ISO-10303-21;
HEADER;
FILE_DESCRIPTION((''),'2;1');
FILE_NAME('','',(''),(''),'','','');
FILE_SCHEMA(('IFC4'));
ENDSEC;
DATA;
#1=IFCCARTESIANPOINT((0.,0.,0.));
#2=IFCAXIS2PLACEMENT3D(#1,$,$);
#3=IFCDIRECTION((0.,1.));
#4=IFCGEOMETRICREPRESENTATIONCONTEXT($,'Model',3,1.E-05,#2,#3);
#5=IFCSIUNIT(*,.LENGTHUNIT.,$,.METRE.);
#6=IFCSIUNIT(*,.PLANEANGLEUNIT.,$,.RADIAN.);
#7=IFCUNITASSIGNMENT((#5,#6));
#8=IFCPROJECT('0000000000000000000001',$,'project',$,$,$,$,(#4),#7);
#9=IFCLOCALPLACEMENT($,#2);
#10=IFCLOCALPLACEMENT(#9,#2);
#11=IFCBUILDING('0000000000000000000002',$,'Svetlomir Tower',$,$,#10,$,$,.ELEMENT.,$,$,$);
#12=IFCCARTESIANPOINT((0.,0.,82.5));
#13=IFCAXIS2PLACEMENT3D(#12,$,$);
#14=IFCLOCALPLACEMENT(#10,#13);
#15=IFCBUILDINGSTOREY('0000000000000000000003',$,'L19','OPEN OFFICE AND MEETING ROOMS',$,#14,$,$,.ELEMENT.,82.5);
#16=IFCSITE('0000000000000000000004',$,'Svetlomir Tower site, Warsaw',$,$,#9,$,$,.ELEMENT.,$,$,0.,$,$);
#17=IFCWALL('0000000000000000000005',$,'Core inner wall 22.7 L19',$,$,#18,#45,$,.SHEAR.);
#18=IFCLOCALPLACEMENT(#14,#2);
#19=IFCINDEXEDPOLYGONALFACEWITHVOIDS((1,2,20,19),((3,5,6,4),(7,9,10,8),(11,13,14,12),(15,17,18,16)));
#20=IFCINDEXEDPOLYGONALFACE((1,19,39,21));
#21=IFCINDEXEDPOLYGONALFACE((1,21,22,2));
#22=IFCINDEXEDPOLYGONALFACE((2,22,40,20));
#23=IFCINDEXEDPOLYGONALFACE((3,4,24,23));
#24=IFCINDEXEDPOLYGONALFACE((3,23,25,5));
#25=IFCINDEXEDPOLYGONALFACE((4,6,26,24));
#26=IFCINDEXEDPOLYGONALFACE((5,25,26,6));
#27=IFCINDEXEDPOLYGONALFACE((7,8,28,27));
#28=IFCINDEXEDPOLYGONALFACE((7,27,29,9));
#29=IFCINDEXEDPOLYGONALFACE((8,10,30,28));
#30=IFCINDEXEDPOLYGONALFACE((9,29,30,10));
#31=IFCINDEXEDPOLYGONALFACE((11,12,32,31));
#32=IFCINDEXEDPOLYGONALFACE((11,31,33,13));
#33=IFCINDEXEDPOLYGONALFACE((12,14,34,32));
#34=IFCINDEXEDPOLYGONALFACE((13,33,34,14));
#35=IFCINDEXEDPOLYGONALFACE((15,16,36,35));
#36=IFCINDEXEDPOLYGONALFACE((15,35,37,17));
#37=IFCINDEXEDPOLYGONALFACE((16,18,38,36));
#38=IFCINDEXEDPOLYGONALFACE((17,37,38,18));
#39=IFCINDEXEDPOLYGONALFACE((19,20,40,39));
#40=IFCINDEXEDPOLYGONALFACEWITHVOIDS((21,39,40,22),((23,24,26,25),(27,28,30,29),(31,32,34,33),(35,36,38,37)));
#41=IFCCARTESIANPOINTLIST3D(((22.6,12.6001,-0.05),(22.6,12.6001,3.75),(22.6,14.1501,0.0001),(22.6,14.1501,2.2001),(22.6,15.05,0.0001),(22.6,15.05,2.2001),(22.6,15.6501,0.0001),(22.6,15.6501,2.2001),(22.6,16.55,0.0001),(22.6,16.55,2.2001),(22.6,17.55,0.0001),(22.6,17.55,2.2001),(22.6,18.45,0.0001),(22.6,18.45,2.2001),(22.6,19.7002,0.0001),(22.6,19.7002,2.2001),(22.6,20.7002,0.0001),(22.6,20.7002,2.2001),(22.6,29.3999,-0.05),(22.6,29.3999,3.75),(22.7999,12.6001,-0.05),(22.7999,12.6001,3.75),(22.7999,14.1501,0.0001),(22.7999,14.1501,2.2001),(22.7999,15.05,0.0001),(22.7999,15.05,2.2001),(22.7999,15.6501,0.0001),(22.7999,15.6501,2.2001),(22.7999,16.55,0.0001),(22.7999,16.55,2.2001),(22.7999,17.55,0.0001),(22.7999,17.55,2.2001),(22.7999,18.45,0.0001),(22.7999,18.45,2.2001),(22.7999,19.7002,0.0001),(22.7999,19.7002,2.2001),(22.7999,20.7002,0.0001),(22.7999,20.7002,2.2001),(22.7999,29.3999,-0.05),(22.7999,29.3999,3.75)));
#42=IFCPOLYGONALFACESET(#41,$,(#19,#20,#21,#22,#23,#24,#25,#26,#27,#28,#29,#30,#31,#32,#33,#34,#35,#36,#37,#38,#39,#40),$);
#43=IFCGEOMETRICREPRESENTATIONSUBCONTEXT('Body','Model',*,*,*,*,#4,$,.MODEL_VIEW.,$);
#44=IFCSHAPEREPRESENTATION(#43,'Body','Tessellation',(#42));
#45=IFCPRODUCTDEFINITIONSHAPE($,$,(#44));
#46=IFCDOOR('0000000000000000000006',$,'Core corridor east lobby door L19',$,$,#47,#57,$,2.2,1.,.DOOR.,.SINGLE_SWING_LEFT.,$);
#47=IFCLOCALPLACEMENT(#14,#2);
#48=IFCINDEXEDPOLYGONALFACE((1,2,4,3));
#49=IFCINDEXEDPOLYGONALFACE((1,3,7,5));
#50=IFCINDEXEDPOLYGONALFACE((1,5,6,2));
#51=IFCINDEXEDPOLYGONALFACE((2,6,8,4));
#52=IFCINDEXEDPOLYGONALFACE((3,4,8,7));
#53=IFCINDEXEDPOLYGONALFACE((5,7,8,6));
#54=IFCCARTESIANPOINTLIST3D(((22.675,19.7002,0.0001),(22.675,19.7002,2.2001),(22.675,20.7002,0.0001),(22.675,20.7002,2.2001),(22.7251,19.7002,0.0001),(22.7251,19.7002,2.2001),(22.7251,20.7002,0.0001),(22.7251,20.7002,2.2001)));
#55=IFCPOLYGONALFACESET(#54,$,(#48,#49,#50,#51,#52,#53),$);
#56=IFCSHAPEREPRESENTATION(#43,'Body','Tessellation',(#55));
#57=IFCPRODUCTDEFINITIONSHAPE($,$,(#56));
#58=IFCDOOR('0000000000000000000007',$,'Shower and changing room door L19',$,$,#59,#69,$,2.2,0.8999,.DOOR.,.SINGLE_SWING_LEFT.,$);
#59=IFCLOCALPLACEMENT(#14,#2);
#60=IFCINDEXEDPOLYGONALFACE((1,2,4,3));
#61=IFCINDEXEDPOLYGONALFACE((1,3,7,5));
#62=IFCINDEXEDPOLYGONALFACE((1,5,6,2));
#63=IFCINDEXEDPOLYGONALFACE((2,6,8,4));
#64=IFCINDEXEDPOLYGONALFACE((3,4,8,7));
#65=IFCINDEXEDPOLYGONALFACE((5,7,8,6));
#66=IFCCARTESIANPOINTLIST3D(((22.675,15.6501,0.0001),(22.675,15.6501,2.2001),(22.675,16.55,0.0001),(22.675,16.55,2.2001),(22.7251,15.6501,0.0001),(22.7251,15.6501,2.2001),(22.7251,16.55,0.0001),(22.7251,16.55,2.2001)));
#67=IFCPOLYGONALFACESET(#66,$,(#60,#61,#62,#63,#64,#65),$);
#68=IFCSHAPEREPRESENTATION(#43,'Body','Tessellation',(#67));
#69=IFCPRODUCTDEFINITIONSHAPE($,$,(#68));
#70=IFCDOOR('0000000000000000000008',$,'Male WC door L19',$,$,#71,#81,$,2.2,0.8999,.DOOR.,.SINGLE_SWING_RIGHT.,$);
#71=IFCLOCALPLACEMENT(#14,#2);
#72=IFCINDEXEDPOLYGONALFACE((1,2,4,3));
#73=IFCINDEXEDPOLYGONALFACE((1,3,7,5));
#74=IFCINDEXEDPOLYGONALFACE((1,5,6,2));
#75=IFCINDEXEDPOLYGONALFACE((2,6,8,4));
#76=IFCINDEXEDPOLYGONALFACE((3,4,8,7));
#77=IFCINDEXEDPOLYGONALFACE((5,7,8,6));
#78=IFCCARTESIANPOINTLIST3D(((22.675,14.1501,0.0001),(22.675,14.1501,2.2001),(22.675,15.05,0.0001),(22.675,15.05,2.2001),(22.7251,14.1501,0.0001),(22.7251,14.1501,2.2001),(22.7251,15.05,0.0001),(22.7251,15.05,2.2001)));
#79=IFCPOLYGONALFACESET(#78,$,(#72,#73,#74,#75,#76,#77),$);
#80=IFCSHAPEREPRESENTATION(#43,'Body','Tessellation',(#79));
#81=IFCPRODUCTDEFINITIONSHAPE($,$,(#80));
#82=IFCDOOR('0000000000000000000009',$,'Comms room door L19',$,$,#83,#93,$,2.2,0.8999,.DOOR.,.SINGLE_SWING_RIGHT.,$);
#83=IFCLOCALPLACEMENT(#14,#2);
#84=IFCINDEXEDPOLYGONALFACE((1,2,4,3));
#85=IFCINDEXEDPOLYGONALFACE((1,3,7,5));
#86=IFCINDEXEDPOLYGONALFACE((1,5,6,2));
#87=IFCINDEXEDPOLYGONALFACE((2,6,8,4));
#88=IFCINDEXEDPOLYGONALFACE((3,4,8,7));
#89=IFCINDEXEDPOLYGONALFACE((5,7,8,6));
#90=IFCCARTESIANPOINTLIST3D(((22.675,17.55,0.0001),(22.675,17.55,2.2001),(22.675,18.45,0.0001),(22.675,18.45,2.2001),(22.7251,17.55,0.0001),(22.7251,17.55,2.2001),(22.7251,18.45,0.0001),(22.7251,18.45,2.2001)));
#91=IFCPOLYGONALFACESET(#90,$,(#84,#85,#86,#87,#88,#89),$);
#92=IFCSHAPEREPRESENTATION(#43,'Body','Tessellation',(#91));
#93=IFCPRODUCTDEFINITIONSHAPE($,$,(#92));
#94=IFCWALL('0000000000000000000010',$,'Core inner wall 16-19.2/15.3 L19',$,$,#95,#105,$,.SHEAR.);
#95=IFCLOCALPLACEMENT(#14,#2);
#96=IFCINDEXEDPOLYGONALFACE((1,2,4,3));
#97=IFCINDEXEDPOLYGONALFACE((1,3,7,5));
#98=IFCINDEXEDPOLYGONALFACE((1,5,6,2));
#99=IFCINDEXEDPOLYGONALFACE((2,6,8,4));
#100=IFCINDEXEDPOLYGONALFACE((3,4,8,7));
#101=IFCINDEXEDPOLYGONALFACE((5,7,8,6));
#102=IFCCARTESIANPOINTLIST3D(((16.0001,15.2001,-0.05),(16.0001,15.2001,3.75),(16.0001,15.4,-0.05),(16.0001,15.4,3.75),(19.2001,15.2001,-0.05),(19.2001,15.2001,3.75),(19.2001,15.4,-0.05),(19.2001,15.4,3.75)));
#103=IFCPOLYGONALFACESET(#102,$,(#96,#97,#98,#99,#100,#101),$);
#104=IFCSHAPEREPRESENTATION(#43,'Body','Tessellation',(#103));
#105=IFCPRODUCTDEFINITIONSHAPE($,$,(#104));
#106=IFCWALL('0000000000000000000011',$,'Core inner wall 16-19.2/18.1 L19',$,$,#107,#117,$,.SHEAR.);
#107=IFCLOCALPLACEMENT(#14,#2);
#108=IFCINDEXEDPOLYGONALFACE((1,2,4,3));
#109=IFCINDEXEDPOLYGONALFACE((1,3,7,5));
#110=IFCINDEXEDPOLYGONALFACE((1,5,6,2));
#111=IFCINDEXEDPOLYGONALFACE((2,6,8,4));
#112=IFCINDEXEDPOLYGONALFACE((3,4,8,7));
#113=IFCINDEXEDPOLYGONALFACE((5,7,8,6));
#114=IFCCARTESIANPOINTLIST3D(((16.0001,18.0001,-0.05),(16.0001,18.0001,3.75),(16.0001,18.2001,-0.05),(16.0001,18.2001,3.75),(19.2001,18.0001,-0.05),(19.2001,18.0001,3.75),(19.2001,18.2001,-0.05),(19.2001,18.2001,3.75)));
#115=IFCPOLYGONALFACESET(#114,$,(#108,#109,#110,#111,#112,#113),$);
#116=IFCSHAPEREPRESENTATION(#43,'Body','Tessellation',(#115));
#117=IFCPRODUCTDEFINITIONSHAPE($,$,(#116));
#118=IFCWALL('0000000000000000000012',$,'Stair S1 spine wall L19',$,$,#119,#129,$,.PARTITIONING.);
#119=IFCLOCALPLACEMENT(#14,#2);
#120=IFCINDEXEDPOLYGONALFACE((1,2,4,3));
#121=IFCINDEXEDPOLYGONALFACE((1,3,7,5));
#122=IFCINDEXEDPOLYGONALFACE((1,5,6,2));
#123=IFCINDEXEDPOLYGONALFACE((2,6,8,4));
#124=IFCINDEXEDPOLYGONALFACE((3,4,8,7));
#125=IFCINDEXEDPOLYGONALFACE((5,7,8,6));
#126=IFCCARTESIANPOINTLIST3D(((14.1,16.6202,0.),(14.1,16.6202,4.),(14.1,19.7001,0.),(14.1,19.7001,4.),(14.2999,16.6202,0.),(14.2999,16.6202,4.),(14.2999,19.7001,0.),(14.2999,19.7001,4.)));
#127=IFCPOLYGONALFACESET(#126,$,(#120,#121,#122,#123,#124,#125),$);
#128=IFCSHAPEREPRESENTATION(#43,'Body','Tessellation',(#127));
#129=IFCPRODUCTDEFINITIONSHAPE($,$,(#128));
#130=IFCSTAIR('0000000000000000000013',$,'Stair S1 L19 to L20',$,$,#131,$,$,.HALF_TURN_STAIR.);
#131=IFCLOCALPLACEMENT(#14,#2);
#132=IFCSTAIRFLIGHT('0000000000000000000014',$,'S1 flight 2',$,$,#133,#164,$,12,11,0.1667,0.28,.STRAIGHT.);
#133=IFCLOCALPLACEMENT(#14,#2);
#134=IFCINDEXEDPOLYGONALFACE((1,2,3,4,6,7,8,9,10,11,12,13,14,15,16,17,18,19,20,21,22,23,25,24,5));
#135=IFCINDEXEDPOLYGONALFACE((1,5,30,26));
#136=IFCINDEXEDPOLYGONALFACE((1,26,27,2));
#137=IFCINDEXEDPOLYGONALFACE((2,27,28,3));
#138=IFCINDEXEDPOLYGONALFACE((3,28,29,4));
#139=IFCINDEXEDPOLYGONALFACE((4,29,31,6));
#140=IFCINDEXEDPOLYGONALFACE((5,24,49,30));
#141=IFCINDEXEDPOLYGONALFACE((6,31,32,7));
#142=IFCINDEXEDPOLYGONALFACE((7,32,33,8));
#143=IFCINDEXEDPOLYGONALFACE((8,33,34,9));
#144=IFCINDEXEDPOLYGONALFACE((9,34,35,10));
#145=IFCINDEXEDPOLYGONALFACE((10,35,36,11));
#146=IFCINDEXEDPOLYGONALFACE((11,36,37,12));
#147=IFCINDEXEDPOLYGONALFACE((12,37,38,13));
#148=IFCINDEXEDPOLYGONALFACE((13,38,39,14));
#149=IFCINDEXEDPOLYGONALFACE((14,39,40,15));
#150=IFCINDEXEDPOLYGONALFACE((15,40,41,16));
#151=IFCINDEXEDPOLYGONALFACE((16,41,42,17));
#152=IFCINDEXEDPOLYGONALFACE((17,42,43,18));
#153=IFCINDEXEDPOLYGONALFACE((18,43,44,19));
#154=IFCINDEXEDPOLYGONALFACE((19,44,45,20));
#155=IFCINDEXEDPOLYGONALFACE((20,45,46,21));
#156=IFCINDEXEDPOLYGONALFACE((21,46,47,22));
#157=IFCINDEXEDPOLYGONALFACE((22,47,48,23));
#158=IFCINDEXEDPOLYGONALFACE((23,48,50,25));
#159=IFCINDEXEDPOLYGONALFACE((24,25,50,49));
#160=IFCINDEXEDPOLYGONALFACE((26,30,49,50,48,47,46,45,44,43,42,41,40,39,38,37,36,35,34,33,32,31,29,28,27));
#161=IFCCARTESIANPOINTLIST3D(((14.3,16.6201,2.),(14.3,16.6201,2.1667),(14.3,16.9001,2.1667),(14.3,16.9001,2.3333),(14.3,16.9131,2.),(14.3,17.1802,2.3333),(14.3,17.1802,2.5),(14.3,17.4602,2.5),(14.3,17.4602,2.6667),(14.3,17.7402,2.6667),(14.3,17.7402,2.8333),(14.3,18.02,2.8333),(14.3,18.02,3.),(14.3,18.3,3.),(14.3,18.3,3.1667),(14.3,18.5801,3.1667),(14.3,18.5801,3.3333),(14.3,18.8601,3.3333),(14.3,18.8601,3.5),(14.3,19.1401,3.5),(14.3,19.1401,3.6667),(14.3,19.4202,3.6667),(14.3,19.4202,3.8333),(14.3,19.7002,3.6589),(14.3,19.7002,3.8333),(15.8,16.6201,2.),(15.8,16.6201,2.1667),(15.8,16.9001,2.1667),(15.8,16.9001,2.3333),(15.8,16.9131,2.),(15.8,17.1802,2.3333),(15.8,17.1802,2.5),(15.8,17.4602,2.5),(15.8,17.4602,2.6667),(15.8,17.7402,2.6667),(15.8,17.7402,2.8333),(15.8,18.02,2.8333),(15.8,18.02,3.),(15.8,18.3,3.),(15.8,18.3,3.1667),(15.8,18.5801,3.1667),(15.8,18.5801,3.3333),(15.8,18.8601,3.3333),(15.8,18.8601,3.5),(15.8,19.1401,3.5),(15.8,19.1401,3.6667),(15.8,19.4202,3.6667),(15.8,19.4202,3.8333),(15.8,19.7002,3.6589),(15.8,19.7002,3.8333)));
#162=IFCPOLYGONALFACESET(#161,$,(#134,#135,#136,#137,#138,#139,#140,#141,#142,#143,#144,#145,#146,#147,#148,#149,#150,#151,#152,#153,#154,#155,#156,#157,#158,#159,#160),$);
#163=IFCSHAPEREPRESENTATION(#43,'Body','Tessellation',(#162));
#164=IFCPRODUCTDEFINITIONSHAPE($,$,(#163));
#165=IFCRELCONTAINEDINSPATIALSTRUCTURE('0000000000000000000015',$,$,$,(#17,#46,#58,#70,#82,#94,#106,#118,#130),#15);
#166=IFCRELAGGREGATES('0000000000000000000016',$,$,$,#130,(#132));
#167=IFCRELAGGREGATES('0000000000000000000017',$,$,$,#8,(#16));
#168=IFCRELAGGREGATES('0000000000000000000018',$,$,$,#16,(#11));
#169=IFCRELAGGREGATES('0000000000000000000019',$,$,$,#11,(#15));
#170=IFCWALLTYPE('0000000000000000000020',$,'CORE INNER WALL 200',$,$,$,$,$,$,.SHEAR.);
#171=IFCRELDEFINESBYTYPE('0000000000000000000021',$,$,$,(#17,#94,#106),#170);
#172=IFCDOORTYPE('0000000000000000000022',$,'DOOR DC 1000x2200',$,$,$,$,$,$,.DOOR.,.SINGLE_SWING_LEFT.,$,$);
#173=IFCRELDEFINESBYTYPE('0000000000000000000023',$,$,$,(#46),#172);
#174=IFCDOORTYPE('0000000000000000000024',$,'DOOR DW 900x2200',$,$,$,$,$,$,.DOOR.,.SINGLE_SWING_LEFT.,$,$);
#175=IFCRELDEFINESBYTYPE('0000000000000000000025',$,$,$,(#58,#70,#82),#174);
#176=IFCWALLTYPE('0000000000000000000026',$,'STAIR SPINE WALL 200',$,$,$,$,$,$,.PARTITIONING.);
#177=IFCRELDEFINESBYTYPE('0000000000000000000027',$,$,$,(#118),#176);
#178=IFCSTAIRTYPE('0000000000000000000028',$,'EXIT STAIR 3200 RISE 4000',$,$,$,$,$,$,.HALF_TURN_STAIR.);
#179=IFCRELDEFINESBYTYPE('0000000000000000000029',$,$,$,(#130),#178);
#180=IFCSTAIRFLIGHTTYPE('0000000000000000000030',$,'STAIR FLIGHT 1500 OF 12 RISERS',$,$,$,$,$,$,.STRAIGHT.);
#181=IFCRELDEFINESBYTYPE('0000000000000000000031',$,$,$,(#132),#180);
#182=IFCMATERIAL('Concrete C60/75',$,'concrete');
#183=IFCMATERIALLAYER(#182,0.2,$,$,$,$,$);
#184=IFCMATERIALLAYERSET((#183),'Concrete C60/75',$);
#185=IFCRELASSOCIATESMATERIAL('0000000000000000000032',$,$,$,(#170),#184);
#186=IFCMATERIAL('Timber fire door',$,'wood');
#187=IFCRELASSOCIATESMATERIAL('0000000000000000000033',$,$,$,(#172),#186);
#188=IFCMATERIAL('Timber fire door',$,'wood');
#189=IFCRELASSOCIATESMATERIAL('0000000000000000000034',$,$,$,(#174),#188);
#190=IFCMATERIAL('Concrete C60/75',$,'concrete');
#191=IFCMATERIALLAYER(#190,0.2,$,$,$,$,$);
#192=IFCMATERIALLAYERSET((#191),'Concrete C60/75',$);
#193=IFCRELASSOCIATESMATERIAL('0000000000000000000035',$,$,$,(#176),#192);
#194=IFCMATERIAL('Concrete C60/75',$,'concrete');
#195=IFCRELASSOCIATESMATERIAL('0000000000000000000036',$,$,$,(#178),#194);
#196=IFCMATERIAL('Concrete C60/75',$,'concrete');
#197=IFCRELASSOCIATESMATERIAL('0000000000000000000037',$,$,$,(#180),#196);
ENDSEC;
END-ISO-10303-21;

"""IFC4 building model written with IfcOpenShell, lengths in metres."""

from ifc_helpers import new_model, si_unit, direction, frame, frame_2d, origin, place, context, subcontext, project, spatial, polyline, rectangle, outline, extrude, material, layer, layer_set, type_object, element, fill, aggregate, save


model = new_model("IFC4")

# Units and contexts
model_context = context("Model", 3, precision=1e-05, world=origin(), true_north=direction((0.0, 1.0)))
body_context = subcontext(model_context, "Body", "Model", "MODEL_VIEW")
ifc_project = project(units=[si_unit("LENGTHUNIT", "METRE"), si_unit("PLANEANGLEUNIT", "RADIAN")], contexts=[model_context])

# Site, building, storey
site_placement = place(None, origin())
site = spatial("IfcSite", under=ifc_project, at=site_placement, Name="Svetlomir Tower site, Warsaw", CompositionType="ELEMENT", RefElevation=0.0)
building_placement = place(site_placement, origin())
building = spatial("IfcBuilding", under=site, at=building_placement, Name="Svetlomir Tower", CompositionType="ELEMENT")
storey_placement = place(building_placement, frame((0.0, 0.0, 82.5)))
storey = spatial("IfcBuildingStorey", under=building, at=storey_placement, Name="L19", Description="OPEN OFFICE AND MEETING ROOMS", CompositionType="ELEMENT", Elevation=82.5)

# Shared definitions
ifc_material_1 = material(Name="Concrete C60/75", Category="concrete")
ifc_layer_1 = layer(ifc_material_1, 0.2)
ifc_layer_set_1 = layer_set([ifc_layer_1], Name="Concrete C60/75")
wall_type_1 = type_object("IfcWallType", Name="CORE INNER WALL 200", PredefinedType="SHEAR", material=ifc_layer_set_1)

# Wall, openings, doors
ifc_material_2 = material(Name="Timber fire door", Category="wood")
door_type_1 = type_object("IfcDoorType", Name="DOOR DC 1000x2200", OperationType="SINGLE_SWING_LEFT", PredefinedType="DOOR", material=ifc_material_2)
ifc_material_3 = material(Name="Timber fire door", Category="wood")
door_type_2 = type_object("IfcDoorType", Name="DOOR DW 900x2200", OperationType="SINGLE_SWING_LEFT", PredefinedType="DOOR", material=ifc_material_3)
wall_1_placement = place(storey_placement, frame((22.7, 12.6001, -0.05), z_axis=(0.0, 0.0, 1.0), x_axis=(0.0, 1.0, 0.0)))
wall_1 = element("IfcWall", 1, at=wall_1_placement, inside=storey, type_object=wall_type_1, Name="Core inner wall 22.7 L19", PredefinedType="SHEAR", context=body_context, shape_type="SweptSolid", body=[
    extrude(rectangle(XDim=16.7998, YDim=0.2, at=frame_2d((8.3999, 0.0))), origin(), (0.0, 0.0, 1.0), 3.8),
])
opening_1_placement = place(wall_1_placement, frame((3.05, 0.0, 0.05)))
opening_1 = element("IfcOpeningElement", 2, at=opening_1_placement, cuts=wall_1, PredefinedType="OPENING", context=body_context, shape_type="SweptSolid", body=[
    extrude(rectangle(XDim=0.8999, YDim=2.2, at=frame_2d((0.45, 1.1001))), frame((0.0, 0.1099, 0.0), z_axis=(0.0, -1.0, 0.0), x_axis=(1.0, 0.0, 0.0)), (0.0, 0.0, 1.0), 0.22),
])
opening_2_placement = place(wall_1_placement, frame((7.1001, 0.0, 0.05)))
opening_2 = element("IfcOpeningElement", 3, at=opening_2_placement, cuts=wall_1, PredefinedType="OPENING", context=body_context, shape_type="SweptSolid", body=[
    extrude(rectangle(XDim=1.0, YDim=2.2, at=frame_2d((0.5, 1.1001))), frame((0.0, 0.1099, 0.0), z_axis=(0.0, -1.0, 0.0), x_axis=(1.0, 0.0, 0.0)), (0.0, 0.0, 1.0), 0.22),
])
opening_3_placement = place(wall_1_placement, frame((1.55, 0.0, 0.05)))
opening_3 = element("IfcOpeningElement", 4, at=opening_3_placement, cuts=wall_1, PredefinedType="OPENING", context=body_context, shape_type="SweptSolid", body=[
    extrude(rectangle(XDim=0.8999, YDim=2.2, at=frame_2d((0.45, 1.1001))), frame((0.0, 0.1099, 0.0), z_axis=(0.0, -1.0, 0.0), x_axis=(1.0, 0.0, 0.0)), (0.0, 0.0, 1.0), 0.22),
])
opening_4_placement = place(wall_1_placement, frame((4.95, 0.0, 0.05)))
opening_4 = element("IfcOpeningElement", 5, at=opening_4_placement, cuts=wall_1, PredefinedType="OPENING", context=body_context, shape_type="SweptSolid", body=[
    extrude(rectangle(XDim=0.8999, YDim=2.2, at=frame_2d((0.45, 1.1001))), frame((0.0, 0.1099, 0.0), z_axis=(0.0, -1.0, 0.0), x_axis=(1.0, 0.0, 0.0)), (0.0, 0.0, 1.0), 0.22),
])
door_1_placement = place(opening_2_placement, origin())
door_1 = element("IfcDoor", 6, at=door_1_placement, inside=storey, type_object=door_type_1, Name="Core corridor east lobby door L19", OperationType="SINGLE_SWING_LEFT", OverallHeight=2.2, OverallWidth=1.0, PredefinedType="DOOR", context=body_context, shape_type="SweptSolid", body=[
    extrude(rectangle(XDim=1.0, YDim=2.2, at=frame_2d((0.5, 1.1001))), frame((0.0, 0.0249, 0.0), z_axis=(0.0, -1.0, 0.0), x_axis=(1.0, 0.0, 0.0)), (0.0, 0.0, 1.0), 0.05),
])
fill(opening_2, door_1)
door_2_placement = place(opening_1_placement, origin())
door_2 = element("IfcDoor", 7, at=door_2_placement, inside=storey, type_object=door_type_2, Name="Shower and changing room door L19", OperationType="SINGLE_SWING_LEFT", OverallHeight=2.2, OverallWidth=0.8999, PredefinedType="DOOR", context=body_context, shape_type="SweptSolid", body=[
    extrude(rectangle(XDim=0.8999, YDim=2.2, at=frame_2d((0.45, 1.1001))), frame((0.0, 0.0249, 0.0), z_axis=(0.0, -1.0, 0.0), x_axis=(1.0, 0.0, 0.0)), (0.0, 0.0, 1.0), 0.05),
])
fill(opening_1, door_2)
door_3_placement = place(opening_3_placement, origin())
door_3 = element("IfcDoor", 8, at=door_3_placement, inside=storey, type_object=door_type_2, Name="Male WC door L19", OperationType="SINGLE_SWING_RIGHT", OverallHeight=2.2, OverallWidth=0.8999, PredefinedType="DOOR", context=body_context, shape_type="SweptSolid", body=[
    extrude(rectangle(XDim=0.8999, YDim=2.2, at=frame_2d((0.45, 1.1001))), frame((0.0, 0.0249, 0.0), z_axis=(0.0, -1.0, 0.0), x_axis=(1.0, 0.0, 0.0)), (0.0, 0.0, 1.0), 0.05),
])
fill(opening_3, door_3)
door_4_placement = place(opening_4_placement, origin())
door_4 = element("IfcDoor", 9, at=door_4_placement, inside=storey, type_object=door_type_2, Name="Comms room door L19", OperationType="SINGLE_SWING_RIGHT", OverallHeight=2.2, OverallWidth=0.8999, PredefinedType="DOOR", context=body_context, shape_type="SweptSolid", body=[
    extrude(rectangle(XDim=0.8999, YDim=2.2, at=frame_2d((0.45, 1.1001))), frame((0.0, 0.0249, 0.0), z_axis=(0.0, -1.0, 0.0), x_axis=(1.0, 0.0, 0.0)), (0.0, 0.0, 1.0), 0.05),
])
fill(opening_4, door_4)

# Walls
for number, where, z_axis, x_axis, name in (
    (10, (16.0, 15.3, -0.05), (0.0, 0.0, 1.0), (1.0, 0.0, 0.0), "Core inner wall 16-19.2/15.3 L19"),
    (11, (16.0, 18.1001, -0.05), (0.0, 0.0, 1.0), (1.0, 0.0, 0.0), "Core inner wall 16-19.2/18.1 L19"),
):
    element("IfcWall", number, at=place(storey_placement, frame(where, z_axis=z_axis, x_axis=x_axis)), inside=storey, type_object=wall_type_1, Name=name, PredefinedType="SHEAR", context=body_context, shape_type="SweptSolid", body=[
        extrude(rectangle(XDim=3.2, YDim=0.2, at=frame_2d((1.6001, 0.0))), origin(), (0.0, 0.0, 1.0), 3.8),
    ])
ifc_material_4 = material(Name="Concrete C60/75", Category="concrete")
ifc_layer_2 = layer(ifc_material_4, 0.2)
ifc_layer_set_2 = layer_set([ifc_layer_2], Name="Concrete C60/75")
wall_type_2 = type_object("IfcWallType", Name="STAIR SPINE WALL 200", PredefinedType="PARTITIONING", material=ifc_layer_set_2)
wall_2_placement = place(storey_placement, frame((14.2, 16.6201, 0.0), z_axis=(0.0, 0.0, 1.0), x_axis=(0.0, 1.0, 0.0)))
element("IfcWall", 12, at=wall_2_placement, inside=storey, type_object=wall_type_2, Name="Stair S1 spine wall L19", PredefinedType="PARTITIONING", context=body_context, shape_type="SweptSolid", body=[
    extrude(rectangle(XDim=3.0798, YDim=0.2, at=frame_2d((1.54, 0.0))), origin(), (0.0, 0.0, 1.0), 4.0),
])

# Stair, stair flight
ifc_material_5 = material(Name="Concrete C60/75", Category="concrete")
stair_type = type_object("IfcStairType", Name="EXIT STAIR 3200 RISE 4000", PredefinedType="HALF_TURN_STAIR", material=ifc_material_5)
stair_placement = place(storey_placement, origin())
stair = element("IfcStair", 13, at=stair_placement, inside=storey, type_object=stair_type, Name="Stair S1 L19 to L20", PredefinedType="HALF_TURN_STAIR")
ifc_material_6 = material(Name="Concrete C60/75", Category="concrete")
stair_flight_type = type_object("IfcStairFlightType", Name="STAIR FLIGHT 1500 OF 12 RISERS", PredefinedType="STRAIGHT", material=ifc_material_6)
stair_flight_placement = place(storey_placement, frame((15.05, 16.6201, 2.0), z_axis=(0.0, 0.0, 1.0), x_axis=(0.0, 1.0, 0.0)))
stair_flight = element("IfcStairFlight", 14, at=stair_flight_placement, type_object=stair_flight_type, Name="S1 flight 2", NumberOfRisers=12, NumberOfTreads=11, PredefinedType="STRAIGHT", RiserHeight=0.1667, TreadLength=0.28, context=body_context, shape_type="SweptSolid", body=[
    extrude(outline(polyline([(0.0, 0.0), (0.0, 0.1667), (0.28, 0.1667), (0.28, 0.3333), (0.5601, 0.3333), (0.5601, 0.5), (0.8401, 0.5), (0.8401, 0.6667), (1.1201, 0.6667), (1.1201, 0.8333), (1.3999, 0.8333), (1.3999, 1.0), (1.6799, 1.0), (1.6799, 1.1667), (1.96, 1.1667), (1.96, 1.3333), (2.24, 1.3333), (2.24, 1.5), (2.52, 1.5), (2.52, 1.6667), (2.8, 1.6667), (2.8, 1.8333), (3.0801, 1.8333), (3.0801, 2.0), (3.0801, 1.6589), (0.293, 0.0), (0.0, 0.0)])), frame((0.0, 0.75, 0.0), z_axis=(0.0, -1.0, 0.0), x_axis=(1.0, 0.0, 0.0)), (0.0, 0.0, 1.0), 1.5),
])
aggregate(stair, [stair_flight])

save(model, "model.ifc")
